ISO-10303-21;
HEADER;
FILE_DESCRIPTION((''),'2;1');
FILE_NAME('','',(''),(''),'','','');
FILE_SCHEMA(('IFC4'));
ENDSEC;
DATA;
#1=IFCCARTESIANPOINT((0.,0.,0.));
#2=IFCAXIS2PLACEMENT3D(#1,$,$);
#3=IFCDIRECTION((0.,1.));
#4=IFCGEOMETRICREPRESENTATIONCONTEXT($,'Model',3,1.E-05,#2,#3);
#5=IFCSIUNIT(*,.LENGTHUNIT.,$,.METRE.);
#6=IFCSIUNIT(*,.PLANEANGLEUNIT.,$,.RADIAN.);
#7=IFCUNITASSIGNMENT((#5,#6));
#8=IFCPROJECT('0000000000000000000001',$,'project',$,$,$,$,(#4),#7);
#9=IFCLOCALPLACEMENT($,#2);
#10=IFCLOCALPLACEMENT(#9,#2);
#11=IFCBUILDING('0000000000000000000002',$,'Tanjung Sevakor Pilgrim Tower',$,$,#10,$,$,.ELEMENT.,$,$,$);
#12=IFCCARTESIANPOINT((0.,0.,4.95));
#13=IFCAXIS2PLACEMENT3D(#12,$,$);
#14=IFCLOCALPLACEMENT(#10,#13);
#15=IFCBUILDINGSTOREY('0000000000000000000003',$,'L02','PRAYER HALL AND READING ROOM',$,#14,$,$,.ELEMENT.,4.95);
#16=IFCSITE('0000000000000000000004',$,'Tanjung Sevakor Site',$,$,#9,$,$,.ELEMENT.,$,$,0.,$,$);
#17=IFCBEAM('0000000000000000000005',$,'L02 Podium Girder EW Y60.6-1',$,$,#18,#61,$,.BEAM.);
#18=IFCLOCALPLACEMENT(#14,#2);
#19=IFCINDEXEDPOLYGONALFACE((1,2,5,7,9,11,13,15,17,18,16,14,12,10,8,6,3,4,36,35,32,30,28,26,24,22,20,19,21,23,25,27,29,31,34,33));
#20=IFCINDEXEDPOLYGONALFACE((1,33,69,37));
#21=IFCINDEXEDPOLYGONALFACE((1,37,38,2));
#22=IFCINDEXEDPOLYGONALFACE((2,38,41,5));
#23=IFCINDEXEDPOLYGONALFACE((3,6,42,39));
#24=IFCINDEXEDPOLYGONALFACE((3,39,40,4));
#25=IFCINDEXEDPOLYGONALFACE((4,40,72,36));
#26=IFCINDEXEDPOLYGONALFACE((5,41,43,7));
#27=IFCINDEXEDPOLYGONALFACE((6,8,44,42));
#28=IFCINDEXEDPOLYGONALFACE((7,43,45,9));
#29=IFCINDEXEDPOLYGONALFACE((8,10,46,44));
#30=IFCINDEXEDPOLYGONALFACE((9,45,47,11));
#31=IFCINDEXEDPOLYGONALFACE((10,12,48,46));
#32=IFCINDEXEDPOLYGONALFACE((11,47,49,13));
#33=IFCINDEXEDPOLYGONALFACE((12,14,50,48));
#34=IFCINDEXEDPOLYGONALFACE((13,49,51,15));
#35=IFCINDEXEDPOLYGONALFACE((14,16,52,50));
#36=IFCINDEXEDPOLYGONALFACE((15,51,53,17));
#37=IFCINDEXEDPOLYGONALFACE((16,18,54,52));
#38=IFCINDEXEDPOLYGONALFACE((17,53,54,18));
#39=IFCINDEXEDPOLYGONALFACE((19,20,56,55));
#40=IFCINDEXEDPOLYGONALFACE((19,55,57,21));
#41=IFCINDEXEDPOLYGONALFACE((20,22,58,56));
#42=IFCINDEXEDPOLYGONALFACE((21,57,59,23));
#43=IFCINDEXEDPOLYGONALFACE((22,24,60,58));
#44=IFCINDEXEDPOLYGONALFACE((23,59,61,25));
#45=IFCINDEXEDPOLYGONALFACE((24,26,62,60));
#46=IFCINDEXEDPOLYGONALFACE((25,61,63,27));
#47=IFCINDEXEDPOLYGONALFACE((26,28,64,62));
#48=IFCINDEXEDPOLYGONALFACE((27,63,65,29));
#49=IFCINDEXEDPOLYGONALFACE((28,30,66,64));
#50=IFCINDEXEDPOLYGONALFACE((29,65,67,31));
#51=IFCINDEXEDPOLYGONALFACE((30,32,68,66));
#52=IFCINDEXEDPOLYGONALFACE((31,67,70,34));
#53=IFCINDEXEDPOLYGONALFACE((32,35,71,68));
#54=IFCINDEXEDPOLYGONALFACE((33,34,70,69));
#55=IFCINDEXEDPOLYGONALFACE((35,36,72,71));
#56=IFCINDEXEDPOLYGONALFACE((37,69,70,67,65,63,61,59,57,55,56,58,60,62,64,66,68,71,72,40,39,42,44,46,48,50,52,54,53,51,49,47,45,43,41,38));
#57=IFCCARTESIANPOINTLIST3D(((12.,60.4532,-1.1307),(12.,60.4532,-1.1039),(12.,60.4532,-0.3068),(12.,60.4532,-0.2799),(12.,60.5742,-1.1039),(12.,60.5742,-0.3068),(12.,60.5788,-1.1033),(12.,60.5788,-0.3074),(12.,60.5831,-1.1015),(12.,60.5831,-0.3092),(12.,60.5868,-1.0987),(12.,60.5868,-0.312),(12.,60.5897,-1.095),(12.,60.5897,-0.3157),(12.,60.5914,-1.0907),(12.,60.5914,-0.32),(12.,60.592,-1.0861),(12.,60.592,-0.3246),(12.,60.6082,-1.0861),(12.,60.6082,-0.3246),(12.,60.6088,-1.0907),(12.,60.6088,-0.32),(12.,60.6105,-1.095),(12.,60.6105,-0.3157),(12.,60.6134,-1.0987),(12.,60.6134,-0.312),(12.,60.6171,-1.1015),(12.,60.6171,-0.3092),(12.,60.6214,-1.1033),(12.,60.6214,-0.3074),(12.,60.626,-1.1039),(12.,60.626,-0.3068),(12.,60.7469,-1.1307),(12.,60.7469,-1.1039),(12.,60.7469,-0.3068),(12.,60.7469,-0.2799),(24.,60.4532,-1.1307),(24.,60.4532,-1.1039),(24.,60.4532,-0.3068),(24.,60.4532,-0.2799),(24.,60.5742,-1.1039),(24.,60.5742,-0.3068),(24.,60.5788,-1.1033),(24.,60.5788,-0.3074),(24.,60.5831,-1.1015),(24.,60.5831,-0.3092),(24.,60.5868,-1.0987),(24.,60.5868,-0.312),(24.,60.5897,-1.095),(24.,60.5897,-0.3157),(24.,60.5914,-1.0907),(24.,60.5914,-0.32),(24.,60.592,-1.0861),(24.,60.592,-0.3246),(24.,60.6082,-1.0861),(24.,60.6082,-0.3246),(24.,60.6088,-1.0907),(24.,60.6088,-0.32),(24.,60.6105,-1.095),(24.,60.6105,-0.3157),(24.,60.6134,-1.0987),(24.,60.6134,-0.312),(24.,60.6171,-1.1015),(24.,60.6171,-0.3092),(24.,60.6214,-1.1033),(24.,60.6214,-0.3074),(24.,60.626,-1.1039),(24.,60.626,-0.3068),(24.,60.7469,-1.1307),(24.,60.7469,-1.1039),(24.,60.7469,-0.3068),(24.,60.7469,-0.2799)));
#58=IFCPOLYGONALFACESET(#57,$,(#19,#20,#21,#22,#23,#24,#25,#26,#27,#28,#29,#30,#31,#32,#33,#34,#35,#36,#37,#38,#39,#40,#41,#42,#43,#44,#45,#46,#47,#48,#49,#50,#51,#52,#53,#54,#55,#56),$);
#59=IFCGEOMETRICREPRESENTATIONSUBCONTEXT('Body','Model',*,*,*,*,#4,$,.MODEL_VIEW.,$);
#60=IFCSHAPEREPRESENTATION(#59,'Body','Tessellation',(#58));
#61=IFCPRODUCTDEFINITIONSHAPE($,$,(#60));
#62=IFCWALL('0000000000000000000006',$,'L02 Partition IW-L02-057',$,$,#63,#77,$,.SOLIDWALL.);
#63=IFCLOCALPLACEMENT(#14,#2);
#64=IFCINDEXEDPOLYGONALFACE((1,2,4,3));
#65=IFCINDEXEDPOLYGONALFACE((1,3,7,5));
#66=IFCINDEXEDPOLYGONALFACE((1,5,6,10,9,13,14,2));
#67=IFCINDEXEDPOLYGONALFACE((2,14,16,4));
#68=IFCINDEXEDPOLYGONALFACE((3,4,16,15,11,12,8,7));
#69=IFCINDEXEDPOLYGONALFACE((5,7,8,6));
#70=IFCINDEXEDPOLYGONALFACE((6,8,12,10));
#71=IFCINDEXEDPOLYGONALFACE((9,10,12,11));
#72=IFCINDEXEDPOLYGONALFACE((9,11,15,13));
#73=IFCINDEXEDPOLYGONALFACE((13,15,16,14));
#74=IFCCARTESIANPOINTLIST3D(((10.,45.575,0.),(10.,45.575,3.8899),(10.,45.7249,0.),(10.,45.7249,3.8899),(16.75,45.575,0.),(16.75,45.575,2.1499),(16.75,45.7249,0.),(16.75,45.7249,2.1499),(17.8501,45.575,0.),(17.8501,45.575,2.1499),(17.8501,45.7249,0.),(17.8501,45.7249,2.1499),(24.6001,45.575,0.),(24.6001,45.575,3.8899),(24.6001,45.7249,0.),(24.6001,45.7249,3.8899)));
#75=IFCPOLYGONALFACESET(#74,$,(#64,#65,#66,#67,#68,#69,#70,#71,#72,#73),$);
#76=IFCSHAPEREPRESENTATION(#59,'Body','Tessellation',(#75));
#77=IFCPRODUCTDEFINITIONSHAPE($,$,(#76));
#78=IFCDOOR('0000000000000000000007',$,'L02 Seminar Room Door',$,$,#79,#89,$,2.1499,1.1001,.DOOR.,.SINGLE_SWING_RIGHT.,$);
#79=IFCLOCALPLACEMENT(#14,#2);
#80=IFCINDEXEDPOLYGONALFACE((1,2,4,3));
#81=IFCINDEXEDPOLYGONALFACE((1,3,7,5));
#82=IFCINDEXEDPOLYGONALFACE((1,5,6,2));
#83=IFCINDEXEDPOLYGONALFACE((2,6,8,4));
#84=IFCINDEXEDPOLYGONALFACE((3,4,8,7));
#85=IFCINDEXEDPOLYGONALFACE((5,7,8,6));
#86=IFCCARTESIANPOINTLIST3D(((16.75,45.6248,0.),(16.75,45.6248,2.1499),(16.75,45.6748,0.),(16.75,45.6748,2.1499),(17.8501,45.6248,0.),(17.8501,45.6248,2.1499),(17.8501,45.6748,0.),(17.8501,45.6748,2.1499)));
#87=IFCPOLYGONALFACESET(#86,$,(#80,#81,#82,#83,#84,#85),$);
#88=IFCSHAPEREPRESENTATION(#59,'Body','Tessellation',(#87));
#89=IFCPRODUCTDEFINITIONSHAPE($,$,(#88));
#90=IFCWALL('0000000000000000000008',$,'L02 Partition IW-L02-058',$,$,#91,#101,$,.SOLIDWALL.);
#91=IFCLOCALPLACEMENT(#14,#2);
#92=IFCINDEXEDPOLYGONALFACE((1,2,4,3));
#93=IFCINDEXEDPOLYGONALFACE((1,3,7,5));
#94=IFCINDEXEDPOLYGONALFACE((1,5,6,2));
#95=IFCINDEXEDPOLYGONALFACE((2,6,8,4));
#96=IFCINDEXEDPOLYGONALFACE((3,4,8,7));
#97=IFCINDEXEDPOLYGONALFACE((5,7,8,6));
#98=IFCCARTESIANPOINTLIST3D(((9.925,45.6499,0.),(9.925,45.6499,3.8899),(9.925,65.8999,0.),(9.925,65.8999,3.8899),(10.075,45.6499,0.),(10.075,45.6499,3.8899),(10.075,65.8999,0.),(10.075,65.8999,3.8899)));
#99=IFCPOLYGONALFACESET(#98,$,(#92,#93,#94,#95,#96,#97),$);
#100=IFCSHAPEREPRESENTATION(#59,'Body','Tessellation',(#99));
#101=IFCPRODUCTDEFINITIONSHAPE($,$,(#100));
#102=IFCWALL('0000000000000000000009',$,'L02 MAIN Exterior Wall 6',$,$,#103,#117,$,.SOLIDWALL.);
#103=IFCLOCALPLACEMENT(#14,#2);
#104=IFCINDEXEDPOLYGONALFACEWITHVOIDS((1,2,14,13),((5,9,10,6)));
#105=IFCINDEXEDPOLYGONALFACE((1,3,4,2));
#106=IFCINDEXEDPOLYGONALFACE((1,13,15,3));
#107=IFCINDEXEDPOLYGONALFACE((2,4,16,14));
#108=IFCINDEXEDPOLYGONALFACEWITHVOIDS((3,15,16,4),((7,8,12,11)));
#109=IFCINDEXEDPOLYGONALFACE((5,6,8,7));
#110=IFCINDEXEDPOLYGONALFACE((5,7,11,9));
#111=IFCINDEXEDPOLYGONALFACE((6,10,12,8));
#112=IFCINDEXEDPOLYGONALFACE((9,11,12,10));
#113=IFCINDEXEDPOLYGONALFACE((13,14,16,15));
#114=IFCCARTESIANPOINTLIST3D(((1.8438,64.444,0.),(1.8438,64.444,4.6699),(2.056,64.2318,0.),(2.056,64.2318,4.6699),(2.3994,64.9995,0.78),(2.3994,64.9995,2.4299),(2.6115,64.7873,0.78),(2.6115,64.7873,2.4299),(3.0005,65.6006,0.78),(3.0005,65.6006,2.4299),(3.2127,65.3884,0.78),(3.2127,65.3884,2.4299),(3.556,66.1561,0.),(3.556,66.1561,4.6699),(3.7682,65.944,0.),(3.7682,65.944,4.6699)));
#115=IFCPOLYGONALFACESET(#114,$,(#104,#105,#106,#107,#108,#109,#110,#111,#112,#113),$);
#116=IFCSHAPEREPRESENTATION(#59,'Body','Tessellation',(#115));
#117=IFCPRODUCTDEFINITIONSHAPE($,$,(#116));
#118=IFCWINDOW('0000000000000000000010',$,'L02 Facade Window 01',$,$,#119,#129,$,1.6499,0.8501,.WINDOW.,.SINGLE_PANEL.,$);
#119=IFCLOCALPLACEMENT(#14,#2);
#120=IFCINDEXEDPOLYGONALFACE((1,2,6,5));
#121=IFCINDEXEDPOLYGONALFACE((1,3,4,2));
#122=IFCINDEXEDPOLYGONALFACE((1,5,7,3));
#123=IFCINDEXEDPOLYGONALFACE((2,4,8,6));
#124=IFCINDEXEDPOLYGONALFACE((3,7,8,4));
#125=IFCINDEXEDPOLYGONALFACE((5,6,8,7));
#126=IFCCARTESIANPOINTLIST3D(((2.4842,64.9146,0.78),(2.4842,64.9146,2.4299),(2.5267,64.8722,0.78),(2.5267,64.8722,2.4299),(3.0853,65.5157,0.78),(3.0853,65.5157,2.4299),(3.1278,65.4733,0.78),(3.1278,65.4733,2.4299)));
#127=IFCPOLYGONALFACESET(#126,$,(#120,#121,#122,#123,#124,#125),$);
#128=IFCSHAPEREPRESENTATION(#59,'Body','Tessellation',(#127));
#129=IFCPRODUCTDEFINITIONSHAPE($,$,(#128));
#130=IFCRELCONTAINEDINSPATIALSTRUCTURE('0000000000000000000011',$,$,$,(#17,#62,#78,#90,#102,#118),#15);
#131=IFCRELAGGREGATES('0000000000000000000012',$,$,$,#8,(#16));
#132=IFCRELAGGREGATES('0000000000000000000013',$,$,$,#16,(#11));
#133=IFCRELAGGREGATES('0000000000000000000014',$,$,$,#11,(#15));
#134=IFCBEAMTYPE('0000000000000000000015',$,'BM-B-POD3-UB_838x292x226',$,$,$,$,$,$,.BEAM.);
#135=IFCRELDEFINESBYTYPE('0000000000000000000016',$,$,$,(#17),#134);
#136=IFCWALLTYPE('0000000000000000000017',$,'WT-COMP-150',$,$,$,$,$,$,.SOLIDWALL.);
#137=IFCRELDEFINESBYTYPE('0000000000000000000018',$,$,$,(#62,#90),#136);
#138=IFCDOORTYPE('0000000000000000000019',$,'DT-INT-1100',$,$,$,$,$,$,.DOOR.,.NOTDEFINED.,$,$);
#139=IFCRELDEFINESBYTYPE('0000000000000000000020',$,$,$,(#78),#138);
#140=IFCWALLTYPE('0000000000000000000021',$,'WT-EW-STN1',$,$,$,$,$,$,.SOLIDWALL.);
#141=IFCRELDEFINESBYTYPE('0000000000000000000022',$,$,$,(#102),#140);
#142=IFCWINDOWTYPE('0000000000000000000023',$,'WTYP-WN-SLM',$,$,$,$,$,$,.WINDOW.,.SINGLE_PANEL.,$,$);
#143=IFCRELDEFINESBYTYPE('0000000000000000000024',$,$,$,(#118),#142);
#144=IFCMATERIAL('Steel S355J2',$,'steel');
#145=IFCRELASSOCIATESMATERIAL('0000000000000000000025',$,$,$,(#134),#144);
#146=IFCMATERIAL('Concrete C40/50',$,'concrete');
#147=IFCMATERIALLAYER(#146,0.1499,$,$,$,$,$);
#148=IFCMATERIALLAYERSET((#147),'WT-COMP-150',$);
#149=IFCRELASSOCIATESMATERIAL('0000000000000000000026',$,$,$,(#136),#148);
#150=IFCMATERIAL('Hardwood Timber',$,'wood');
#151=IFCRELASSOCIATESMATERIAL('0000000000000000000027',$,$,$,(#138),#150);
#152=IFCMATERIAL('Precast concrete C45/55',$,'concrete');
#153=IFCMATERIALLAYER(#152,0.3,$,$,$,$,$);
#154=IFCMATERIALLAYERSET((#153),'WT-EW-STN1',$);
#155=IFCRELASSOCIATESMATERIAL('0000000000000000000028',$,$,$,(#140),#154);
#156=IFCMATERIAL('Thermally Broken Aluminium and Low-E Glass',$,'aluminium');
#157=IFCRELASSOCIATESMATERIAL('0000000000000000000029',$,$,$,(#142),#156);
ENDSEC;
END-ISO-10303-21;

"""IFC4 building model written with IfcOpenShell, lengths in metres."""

from ifc_helpers import new_model, si_unit, direction, frame, frame_2d, origin, origin_2d, place, context, subcontext, project, spatial, rectangle, i_section, extrude, material, layer, layer_set, material_profile, profile_set, type_object, element, fill, save


model = new_model("IFC4")

# Units and contexts
model_context = context("Model", 3, precision=1e-05, world=origin(), true_north=direction((0.0, 1.0)))
body_context = subcontext(model_context, "Body", "Model", "MODEL_VIEW")
ifc_project = project(units=[si_unit("LENGTHUNIT", "METRE"), si_unit("PLANEANGLEUNIT", "RADIAN")], contexts=[model_context])

# Site, building, storey
site_placement = place(None, origin())
site = spatial("IfcSite", under=ifc_project, at=site_placement, Name="Tanjung Sevakor Site", CompositionType="ELEMENT", RefElevation=0.0)
building_placement = place(site_placement, origin())
building = spatial("IfcBuilding", under=site, at=building_placement, Name="Tanjung Sevakor Pilgrim Tower", CompositionType="ELEMENT")
storey_placement = place(building_placement, frame((0.0, 0.0, 4.95)))
storey = spatial("IfcBuildingStorey", under=building, at=storey_placement, Name="L02", Description="PRAYER HALL AND READING ROOM", CompositionType="ELEMENT", Elevation=4.95)

# Beam
ifc_material_1 = material(Name="Steel S355J2", Category="steel")
ifc_material_profile_1 = material_profile(ifc_material_1, i_section(OverallWidth=0.2937, OverallDepth=0.8508, WebThickness=0.0161, FlangeThickness=0.0269, FilletRadius=0.0178, at=origin_2d()))
ifc_profile_set_1 = profile_set([ifc_material_profile_1], Name="Steel S355J2")
beam_type_1 = type_object("IfcBeamType", Name="BM-B-POD3-UB_838x292x226", PredefinedType="BEAM", material=ifc_profile_set_1)
beam_placement = place(storey_placement, frame((12.0, 60.6001, -0.7053), z_axis=(1.0, 0.0, 0.0), x_axis=(0.0, 1.0, 0.0)))
element("IfcBeam", 1, at=beam_placement, inside=storey, type_object=beam_type_1, Name="L02 Podium Girder EW Y60.6-1", PredefinedType="BEAM", context=body_context, shape_type="SweptSolid", body=[
    extrude(i_section(OverallWidth=0.2937, OverallDepth=0.8508, WebThickness=0.0161, FlangeThickness=0.0269, FilletRadius=0.0178, at=origin_2d()), origin(), (0.0, 0.0, 1.0), 12.0),
])

# Wall, opening, door
ifc_material_2 = material(Name="Concrete C40/50", Category="concrete")
ifc_layer_1 = layer(ifc_material_2, 0.1499)
ifc_layer_set_1 = layer_set([ifc_layer_1], Name="WT-COMP-150")
wall_type_1 = type_object("IfcWallType", Name="WT-COMP-150", PredefinedType="SOLIDWALL", material=ifc_layer_set_1)
wall_1_placement = place(storey_placement, frame((10.0, 45.6499, 0.0), z_axis=(0.0, 0.0, 1.0), x_axis=(1.0, 0.0, 0.0)))
wall_1 = element("IfcWall", 2, at=wall_1_placement, inside=storey, type_object=wall_type_1, Name="L02 Partition IW-L02-057", PredefinedType="SOLIDWALL", context=body_context, shape_type="SweptSolid", body=[
    extrude(rectangle(XDim=14.6001, YDim=0.1499, at=frame_2d((7.3, 0.0))), origin(), (0.0, 0.0, 1.0), 3.8899),
])
opening_1_placement = place(wall_1_placement, frame((6.75, 0.0, 0.0)))
opening_1 = element("IfcOpeningElement", 3, at=opening_1_placement, cuts=wall_1, PredefinedType="OPENING", context=body_context, shape_type="SweptSolid", body=[
    extrude(rectangle(XDim=1.1001, YDim=2.1499, at=frame_2d((0.55, 1.075))), frame((0.0, 0.085, 0.0), z_axis=(0.0, -1.0, 0.0), x_axis=(1.0, 0.0, 0.0)), (0.0, 0.0, 1.0), 0.1699),
])
ifc_material_3 = material(Name="Hardwood Timber", Category="wood")
door_type = type_object("IfcDoorType", Name="DT-INT-1100", OperationType="NOTDEFINED", PredefinedType="DOOR", material=ifc_material_3)
door_placement = place(opening_1_placement, origin())
door = element("IfcDoor", 4, at=door_placement, inside=storey, type_object=door_type, Name="L02 Seminar Room Door", OperationType="SINGLE_SWING_RIGHT", OverallHeight=2.1499, OverallWidth=1.1001, PredefinedType="DOOR", context=body_context, shape_type="SweptSolid", body=[
    extrude(rectangle(XDim=1.1001, YDim=2.1499, at=frame_2d((0.55, 1.075))), frame((0.0, 0.0249, 0.0), z_axis=(0.0, -1.0, 0.0), x_axis=(1.0, 0.0, 0.0)), (0.0, 0.0, 1.0), 0.05),
])
fill(opening_1, door)

# Wall
wall_2_placement = place(storey_placement, frame((10.0, 45.6499, 0.0), z_axis=(0.0, 0.0, 1.0), x_axis=(0.0, 1.0, 0.0)))
element("IfcWall", 5, at=wall_2_placement, inside=storey, type_object=wall_type_1, Name="L02 Partition IW-L02-058", PredefinedType="SOLIDWALL", context=body_context, shape_type="SweptSolid", body=[
    extrude(rectangle(XDim=20.25, YDim=0.1499, at=frame_2d((10.125, 0.0))), origin(), (0.0, 0.0, 1.0), 3.8899),
])

# Wall, opening, window
ifc_material_4 = material(Name="Precast concrete C45/55", Category="concrete")
ifc_layer_2 = layer(ifc_material_4, 0.3)
ifc_layer_set_2 = layer_set([ifc_layer_2], Name="WT-EW-STN1")
wall_type_2 = type_object("IfcWallType", Name="WT-EW-STN1", PredefinedType="SOLIDWALL", material=ifc_layer_set_2)
wall_3_placement = place(storey_placement, frame((3.6621, 66.05, 0.0), z_axis=(0.0, 0.0, 1.0), x_axis=(-0.707107, -0.707107, 0.0)))
wall_3 = element("IfcWall", 6, at=wall_3_placement, inside=storey, type_object=wall_type_2, Name="L02 MAIN Exterior Wall 6", PredefinedType="SOLIDWALL", context=body_context, shape_type="SweptSolid", body=[
    extrude(rectangle(XDim=2.4214, YDim=0.3, at=frame_2d((1.2107, 0.0))), origin(), (0.0, 0.0, 1.0), 4.6699),
])
opening_2_placement = place(wall_3_placement, frame((0.7856, 0.0, 0.78)))
opening_2 = element("IfcOpeningElement", 7, at=opening_2_placement, cuts=wall_3, PredefinedType="OPENING", context=body_context, shape_type="SweptSolid", body=[
    extrude(rectangle(XDim=0.8501, YDim=1.6499, at=frame_2d((0.425, 0.825))), frame((0.0, 0.1599, 0.0), z_axis=(0.0, -1.0, 0.0), x_axis=(1.0, 0.0, 0.0)), (0.0, 0.0, 1.0), 0.3201),
])
ifc_material_5 = material(Name="Thermally Broken Aluminium and Low-E Glass", Category="aluminium")
window_type_1 = type_object("IfcWindowType", Name="WTYP-WN-SLM", PartitioningType="SINGLE_PANEL", PredefinedType="WINDOW", material=ifc_material_5)
window_1_placement = place(opening_2_placement, origin())
window_1 = element("IfcWindow", 8, at=window_1_placement, inside=storey, type_object=window_type_1, Name="L02 Facade Window 01", OverallHeight=1.6499, OverallWidth=0.8501, PartitioningType="SINGLE_PANEL", PredefinedType="WINDOW", context=body_context, shape_type="SweptSolid", body=[
    extrude(rectangle(XDim=0.8501, YDim=1.6499, at=frame_2d((0.425, 0.825))), frame((0.0, 0.03, 0.0), z_axis=(0.0, -1.0, 0.0), x_axis=(1.0, 0.0, 0.0)), (0.0, 0.0, 1.0), 0.0601),
])
fill(opening_2, window_1)

save(model, "model.ifc")
